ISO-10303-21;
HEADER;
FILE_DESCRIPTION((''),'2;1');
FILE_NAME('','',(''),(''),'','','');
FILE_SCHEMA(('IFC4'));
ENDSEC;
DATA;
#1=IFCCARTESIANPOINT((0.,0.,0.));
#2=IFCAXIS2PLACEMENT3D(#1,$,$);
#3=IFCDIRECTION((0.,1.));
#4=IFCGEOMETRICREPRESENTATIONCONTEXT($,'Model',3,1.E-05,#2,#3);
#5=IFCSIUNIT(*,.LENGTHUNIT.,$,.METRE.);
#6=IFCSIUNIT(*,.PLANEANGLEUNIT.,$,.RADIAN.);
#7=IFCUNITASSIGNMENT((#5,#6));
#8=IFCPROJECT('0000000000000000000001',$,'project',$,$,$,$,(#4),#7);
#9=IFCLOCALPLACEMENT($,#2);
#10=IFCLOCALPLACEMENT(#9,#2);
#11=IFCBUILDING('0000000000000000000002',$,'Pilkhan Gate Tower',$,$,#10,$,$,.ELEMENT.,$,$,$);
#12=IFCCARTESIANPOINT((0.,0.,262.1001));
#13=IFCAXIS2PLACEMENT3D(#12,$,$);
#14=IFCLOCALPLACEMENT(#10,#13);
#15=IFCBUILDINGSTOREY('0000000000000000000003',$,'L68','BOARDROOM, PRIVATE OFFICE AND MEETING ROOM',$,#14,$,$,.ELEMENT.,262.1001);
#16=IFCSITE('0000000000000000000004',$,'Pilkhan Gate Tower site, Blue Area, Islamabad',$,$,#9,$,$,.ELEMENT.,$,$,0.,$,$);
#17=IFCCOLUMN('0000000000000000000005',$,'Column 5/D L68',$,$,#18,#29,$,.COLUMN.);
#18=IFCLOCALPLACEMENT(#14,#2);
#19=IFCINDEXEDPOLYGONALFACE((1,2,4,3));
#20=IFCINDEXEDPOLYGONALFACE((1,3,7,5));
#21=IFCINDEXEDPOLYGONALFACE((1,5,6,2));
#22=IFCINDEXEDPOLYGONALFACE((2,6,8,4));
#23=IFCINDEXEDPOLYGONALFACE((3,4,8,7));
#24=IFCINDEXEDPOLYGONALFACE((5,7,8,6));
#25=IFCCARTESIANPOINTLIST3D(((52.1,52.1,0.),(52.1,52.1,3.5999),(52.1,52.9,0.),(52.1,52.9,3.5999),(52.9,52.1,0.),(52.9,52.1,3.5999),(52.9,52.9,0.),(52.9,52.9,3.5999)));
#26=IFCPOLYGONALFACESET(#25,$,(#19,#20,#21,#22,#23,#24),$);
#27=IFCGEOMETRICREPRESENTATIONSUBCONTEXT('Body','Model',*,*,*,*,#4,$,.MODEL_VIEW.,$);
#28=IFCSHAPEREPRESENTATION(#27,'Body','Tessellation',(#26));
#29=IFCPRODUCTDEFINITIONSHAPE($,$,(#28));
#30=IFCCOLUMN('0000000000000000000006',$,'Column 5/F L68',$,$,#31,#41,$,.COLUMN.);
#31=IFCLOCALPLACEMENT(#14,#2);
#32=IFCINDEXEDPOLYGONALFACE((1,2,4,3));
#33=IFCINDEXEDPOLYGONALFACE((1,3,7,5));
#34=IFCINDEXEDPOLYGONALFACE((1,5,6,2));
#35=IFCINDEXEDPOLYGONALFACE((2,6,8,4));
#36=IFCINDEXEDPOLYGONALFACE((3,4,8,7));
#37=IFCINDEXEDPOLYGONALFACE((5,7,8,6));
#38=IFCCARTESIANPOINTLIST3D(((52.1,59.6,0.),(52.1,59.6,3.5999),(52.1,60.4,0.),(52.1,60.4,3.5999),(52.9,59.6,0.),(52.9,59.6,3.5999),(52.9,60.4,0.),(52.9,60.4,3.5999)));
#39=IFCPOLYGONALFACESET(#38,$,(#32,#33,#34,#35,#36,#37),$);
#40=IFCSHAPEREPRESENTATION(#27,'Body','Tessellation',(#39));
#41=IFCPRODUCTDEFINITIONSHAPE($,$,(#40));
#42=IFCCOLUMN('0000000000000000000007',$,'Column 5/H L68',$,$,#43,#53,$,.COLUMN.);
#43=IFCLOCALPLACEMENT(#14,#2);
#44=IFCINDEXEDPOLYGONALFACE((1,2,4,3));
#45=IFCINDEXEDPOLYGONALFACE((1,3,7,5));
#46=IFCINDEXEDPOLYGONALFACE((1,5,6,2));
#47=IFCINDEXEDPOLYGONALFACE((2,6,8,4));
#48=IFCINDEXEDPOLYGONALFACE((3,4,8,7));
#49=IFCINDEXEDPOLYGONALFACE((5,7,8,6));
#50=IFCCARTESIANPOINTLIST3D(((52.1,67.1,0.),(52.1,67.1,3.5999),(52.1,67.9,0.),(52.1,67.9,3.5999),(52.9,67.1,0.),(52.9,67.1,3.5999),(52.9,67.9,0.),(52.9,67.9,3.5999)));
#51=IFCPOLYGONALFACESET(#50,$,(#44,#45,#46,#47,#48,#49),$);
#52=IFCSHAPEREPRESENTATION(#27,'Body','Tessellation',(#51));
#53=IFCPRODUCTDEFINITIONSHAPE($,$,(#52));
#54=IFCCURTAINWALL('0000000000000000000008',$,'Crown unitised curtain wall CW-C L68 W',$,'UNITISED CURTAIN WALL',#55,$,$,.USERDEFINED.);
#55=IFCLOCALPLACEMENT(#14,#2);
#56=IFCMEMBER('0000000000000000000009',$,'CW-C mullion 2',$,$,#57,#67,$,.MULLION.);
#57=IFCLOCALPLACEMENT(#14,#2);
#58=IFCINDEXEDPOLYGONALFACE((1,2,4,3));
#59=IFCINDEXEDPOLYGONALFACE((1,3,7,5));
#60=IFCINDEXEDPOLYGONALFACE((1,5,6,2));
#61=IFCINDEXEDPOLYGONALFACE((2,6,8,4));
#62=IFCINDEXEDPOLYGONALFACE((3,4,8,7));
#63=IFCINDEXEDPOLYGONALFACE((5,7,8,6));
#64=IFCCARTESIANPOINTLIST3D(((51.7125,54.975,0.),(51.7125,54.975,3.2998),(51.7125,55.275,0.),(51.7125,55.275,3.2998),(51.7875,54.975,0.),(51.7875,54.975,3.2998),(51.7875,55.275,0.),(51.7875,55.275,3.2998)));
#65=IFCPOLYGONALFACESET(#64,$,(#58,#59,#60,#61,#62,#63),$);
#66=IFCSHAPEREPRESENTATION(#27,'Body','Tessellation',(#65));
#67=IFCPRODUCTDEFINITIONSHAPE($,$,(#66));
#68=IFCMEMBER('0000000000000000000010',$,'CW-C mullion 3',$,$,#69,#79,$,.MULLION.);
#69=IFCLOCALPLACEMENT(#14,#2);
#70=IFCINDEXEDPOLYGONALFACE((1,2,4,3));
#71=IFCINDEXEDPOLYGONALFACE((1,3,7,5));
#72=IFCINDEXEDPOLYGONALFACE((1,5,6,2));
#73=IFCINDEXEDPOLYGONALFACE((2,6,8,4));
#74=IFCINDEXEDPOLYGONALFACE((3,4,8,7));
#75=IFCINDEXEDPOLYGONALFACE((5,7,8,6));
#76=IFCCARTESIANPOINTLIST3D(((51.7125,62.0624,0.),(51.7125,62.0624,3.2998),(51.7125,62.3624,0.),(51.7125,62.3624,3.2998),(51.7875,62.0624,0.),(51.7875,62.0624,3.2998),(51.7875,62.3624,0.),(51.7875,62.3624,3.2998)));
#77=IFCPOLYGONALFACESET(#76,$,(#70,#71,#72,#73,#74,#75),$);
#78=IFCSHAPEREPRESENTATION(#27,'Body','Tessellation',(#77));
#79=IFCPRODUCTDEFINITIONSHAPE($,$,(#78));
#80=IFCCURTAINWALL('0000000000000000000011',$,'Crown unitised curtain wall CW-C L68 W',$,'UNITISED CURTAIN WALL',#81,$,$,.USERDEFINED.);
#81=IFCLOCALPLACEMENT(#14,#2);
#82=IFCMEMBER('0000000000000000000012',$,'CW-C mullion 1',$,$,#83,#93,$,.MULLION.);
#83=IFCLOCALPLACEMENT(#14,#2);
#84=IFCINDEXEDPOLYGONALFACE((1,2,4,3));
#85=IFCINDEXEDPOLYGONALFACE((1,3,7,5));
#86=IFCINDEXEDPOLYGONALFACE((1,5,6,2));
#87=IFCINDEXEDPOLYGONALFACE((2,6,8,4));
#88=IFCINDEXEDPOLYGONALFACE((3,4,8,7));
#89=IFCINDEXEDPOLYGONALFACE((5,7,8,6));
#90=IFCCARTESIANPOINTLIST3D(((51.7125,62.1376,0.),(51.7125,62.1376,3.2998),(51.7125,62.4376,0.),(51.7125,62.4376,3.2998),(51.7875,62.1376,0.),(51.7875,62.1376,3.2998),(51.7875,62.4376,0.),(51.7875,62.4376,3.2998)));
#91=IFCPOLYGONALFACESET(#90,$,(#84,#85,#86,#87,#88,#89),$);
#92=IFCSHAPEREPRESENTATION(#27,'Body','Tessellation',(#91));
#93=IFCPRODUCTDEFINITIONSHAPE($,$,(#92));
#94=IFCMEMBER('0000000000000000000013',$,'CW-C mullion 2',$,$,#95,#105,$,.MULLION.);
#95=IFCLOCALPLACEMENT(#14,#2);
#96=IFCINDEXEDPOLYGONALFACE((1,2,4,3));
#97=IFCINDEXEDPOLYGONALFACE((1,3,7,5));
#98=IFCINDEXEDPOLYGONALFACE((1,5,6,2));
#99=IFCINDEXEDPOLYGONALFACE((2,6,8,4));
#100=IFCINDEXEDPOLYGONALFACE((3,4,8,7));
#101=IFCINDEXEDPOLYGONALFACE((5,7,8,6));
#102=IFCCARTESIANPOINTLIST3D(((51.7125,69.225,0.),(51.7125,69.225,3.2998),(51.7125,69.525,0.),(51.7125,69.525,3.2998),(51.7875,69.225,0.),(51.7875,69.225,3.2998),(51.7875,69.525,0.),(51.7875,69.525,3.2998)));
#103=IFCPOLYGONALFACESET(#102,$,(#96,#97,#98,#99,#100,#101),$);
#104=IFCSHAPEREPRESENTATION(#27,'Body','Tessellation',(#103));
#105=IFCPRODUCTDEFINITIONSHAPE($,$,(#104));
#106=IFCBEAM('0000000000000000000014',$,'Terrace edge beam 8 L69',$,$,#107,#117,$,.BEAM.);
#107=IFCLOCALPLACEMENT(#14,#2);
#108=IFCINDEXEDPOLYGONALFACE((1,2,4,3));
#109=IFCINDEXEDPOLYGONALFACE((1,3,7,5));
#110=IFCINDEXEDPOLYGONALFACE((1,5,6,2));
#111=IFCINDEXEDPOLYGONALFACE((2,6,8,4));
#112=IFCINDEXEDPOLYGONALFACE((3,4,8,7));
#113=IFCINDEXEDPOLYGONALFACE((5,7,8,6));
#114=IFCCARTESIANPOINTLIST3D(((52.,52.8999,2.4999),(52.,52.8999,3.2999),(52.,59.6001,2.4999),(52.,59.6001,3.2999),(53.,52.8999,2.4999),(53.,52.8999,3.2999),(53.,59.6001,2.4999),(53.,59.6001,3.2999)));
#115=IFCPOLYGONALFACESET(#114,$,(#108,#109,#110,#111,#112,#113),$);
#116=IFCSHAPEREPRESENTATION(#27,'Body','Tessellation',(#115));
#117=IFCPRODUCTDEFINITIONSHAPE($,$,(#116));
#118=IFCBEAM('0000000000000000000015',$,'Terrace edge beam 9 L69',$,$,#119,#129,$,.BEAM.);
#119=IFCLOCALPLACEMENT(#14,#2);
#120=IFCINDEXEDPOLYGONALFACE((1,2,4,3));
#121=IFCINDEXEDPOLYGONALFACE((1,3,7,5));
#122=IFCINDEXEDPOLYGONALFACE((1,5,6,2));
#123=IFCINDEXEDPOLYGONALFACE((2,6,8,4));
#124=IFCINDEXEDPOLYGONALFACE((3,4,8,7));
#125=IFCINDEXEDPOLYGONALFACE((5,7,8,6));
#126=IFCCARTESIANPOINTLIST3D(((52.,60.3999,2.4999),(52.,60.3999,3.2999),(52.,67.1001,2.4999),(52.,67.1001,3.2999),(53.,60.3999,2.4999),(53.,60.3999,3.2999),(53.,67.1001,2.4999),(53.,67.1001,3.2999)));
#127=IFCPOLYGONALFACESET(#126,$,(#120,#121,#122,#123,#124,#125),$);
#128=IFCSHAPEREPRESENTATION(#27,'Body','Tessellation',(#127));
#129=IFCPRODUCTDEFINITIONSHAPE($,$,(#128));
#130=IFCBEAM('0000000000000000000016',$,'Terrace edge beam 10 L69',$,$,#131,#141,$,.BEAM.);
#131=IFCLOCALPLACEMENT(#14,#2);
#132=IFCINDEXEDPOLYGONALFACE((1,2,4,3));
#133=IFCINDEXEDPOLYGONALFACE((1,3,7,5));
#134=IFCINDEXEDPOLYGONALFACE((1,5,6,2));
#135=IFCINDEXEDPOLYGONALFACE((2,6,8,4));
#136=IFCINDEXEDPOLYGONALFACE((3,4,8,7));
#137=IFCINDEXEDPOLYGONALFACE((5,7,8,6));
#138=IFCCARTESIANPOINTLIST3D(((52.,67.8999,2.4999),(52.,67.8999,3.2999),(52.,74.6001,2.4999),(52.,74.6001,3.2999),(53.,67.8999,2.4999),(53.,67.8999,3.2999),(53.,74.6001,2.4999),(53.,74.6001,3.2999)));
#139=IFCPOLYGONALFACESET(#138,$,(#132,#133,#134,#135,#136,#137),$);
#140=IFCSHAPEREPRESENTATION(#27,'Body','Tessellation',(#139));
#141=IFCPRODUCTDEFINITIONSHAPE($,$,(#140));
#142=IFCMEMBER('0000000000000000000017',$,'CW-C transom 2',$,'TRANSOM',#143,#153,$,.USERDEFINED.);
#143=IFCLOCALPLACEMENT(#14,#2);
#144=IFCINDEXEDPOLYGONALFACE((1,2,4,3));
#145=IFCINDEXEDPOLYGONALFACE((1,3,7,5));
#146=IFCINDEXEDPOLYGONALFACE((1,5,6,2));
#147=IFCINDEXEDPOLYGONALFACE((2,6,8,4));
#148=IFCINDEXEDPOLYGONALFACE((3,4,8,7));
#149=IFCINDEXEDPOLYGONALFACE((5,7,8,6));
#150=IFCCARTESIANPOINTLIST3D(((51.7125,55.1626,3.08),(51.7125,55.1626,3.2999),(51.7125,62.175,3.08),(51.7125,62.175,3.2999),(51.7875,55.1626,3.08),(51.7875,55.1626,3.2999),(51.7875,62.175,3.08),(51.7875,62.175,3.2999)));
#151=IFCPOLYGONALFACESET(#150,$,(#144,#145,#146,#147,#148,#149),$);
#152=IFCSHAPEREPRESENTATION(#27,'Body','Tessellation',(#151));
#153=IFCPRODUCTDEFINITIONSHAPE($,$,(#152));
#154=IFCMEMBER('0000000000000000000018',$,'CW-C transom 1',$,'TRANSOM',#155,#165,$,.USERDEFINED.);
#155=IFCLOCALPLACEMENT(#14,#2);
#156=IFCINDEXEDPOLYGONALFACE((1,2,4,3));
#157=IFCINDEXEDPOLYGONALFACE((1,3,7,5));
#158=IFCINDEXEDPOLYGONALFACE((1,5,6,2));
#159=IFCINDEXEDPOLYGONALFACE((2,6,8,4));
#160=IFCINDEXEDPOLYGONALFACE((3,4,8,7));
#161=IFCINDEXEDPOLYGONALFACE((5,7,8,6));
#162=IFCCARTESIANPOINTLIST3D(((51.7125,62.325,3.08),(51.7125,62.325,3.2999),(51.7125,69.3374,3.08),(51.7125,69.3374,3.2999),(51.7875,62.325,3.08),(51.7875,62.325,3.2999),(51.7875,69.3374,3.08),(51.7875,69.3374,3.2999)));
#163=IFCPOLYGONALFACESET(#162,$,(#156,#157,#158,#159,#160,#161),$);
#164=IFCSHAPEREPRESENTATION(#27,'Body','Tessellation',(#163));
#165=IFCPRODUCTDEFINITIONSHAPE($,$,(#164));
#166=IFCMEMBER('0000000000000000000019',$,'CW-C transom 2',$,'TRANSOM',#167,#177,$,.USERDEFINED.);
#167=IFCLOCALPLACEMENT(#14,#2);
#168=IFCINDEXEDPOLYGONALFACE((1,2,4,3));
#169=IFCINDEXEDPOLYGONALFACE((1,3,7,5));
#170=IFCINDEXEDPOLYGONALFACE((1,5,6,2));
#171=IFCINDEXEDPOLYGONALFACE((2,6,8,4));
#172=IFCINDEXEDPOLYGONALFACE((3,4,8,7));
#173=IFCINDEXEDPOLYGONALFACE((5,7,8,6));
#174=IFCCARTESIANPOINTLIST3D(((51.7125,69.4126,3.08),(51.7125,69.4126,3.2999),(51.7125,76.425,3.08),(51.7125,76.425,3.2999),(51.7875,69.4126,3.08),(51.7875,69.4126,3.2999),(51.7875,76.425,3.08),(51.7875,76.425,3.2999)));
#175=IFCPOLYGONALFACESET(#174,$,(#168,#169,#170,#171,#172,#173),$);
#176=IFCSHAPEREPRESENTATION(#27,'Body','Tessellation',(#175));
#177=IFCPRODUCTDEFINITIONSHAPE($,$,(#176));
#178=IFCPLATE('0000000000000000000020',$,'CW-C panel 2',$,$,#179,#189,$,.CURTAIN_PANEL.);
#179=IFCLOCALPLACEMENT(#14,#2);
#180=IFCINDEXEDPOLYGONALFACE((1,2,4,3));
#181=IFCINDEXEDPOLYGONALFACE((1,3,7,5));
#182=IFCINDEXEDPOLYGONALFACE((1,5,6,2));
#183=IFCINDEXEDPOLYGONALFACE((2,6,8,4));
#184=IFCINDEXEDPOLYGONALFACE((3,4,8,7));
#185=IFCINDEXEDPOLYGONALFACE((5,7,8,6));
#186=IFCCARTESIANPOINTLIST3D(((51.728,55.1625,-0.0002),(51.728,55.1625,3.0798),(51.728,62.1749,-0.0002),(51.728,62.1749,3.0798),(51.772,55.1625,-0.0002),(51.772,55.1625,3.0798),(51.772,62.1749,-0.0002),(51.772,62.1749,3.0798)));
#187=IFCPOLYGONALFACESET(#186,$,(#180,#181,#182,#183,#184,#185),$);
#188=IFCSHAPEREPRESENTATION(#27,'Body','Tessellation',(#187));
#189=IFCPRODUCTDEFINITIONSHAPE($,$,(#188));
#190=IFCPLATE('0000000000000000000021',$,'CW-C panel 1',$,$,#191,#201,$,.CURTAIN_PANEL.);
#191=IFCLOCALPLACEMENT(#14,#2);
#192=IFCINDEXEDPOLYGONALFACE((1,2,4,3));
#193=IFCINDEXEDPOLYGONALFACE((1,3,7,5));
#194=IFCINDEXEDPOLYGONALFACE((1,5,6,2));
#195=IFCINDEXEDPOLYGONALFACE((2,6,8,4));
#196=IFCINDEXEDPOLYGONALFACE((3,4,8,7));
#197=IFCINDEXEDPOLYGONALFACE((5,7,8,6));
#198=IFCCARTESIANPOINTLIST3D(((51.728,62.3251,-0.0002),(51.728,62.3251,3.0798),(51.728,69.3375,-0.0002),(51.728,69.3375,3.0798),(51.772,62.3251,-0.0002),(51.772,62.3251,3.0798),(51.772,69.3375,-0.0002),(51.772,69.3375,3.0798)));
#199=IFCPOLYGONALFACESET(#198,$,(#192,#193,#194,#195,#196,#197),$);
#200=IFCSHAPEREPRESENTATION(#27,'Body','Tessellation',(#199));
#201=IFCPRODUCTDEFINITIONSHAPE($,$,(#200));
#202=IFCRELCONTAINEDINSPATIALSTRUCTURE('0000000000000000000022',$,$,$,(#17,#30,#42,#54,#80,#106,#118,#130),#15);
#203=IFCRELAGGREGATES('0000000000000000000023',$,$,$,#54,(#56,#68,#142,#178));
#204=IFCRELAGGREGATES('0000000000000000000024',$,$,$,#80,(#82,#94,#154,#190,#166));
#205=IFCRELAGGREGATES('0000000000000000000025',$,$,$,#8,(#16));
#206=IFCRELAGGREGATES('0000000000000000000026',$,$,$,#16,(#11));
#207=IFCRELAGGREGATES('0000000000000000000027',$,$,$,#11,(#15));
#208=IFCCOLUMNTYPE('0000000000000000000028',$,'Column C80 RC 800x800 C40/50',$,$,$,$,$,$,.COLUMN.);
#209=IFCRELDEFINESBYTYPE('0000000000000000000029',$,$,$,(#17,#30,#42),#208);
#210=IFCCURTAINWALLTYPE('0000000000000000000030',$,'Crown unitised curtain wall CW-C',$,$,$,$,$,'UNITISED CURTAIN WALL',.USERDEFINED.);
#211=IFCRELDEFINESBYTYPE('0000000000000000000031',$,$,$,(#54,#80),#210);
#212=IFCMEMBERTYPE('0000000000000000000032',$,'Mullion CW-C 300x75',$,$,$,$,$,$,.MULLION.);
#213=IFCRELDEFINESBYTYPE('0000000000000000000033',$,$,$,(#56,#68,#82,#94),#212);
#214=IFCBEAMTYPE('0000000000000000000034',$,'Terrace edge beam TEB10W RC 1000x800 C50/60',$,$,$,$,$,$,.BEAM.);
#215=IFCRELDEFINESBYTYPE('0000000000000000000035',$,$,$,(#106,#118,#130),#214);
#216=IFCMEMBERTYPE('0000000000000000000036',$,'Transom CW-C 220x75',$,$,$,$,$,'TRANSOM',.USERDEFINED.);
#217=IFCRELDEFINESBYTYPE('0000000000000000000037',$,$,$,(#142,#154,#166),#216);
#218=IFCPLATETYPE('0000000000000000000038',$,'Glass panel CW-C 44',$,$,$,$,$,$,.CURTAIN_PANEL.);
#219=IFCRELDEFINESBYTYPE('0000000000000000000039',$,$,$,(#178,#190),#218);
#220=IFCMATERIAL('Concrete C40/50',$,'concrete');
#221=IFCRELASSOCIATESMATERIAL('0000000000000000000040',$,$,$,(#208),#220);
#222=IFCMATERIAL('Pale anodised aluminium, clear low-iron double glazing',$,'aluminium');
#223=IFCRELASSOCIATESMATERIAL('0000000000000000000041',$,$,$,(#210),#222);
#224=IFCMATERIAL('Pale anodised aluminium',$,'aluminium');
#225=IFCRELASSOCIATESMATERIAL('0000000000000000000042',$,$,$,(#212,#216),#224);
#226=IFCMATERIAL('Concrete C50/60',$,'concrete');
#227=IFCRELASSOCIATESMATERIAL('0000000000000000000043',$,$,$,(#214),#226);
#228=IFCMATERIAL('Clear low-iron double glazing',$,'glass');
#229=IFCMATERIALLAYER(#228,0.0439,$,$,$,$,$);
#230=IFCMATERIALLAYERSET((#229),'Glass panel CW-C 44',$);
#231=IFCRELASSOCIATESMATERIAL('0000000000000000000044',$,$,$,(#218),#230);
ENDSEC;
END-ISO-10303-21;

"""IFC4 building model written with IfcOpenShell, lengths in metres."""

from ifc_helpers import new_model, si_unit, direction, frame, origin, origin_2d, place, context, subcontext, project, spatial, rectangle, extrude, material, layer, layer_set, material_profile, profile_set, type_object, element, aggregate, save


model = new_model("IFC4")

# Units and contexts
model_context = context("Model", 3, precision=1e-05, world=origin(), true_north=direction((0.0, 1.0)))
body_context = subcontext(model_context, "Body", "Model", "MODEL_VIEW")
ifc_project = project(units=[si_unit("LENGTHUNIT", "METRE"), si_unit("PLANEANGLEUNIT", "RADIAN")], contexts=[model_context])

# Site, building, storey
site_placement = place(None, origin())
site = spatial("IfcSite", under=ifc_project, at=site_placement, Name="Pilkhan Gate Tower site, Blue Area, Islamabad", CompositionType="ELEMENT", RefElevation=0.0)
building_placement = place(site_placement, origin())
building = spatial("IfcBuilding", under=site, at=building_placement, Name="Pilkhan Gate Tower", CompositionType="ELEMENT")
storey_placement = place(building_placement, frame((0.0, 0.0, 262.1001)))
storey = spatial("IfcBuildingStorey", under=building, at=storey_placement, Name="L68", Description="BOARDROOM, PRIVATE OFFICE AND MEETING ROOM", CompositionType="ELEMENT", Elevation=262.1001)

# Columns
ifc_material_1 = material(Name="Concrete C40/50", Category="concrete")
ifc_material_profile_1 = material_profile(ifc_material_1, rectangle(XDim=0.8, YDim=0.8, at=origin_2d()), Name="RC 800x800")
ifc_profile_set_1 = profile_set([ifc_material_profile_1], Name="Concrete C40/50")
column_type = type_object("IfcColumnType", Name="Column C80 RC 800x800 C40/50", PredefinedType="COLUMN", material=ifc_profile_set_1)
for number, where, z_axis, x_axis, name in (
    (1, (52.5, 52.5, 0.0), (0.0, 0.0, 1.0), (1.0, 0.0, 0.0), "Column 5/D L68"),
    (2, (52.5, 60.0, 0.0), (0.0, 0.0, 1.0), (1.0, 0.0, 0.0), "Column 5/F L68"),
    (3, (52.5, 67.5, 0.0), (0.0, 0.0, 1.0), (1.0, 0.0, 0.0), "Column 5/H L68"),
):
    element("IfcColumn", number, at=place(storey_placement, frame(where, z_axis=z_axis, x_axis=x_axis)), inside=storey, type_object=column_type, Name=name, PredefinedType="COLUMN", context=body_context, shape_type="SweptSolid", body=[
        extrude(rectangle(XDim=0.8, YDim=0.8, at=origin_2d()), origin(), (0.0, 0.0, 1.0), 3.5999),
    ])

# Curtain walls, members
ifc_material_2 = material(Name="Pale anodised aluminium, clear low-iron double glazing", Category="aluminium")
curtain_wall_type = type_object("IfcCurtainWallType", Name="Crown unitised curtain wall CW-C", ElementType="UNITISED CURTAIN WALL", PredefinedType="USERDEFINED", material=ifc_material_2)
curtain_wall_1_placement = place(storey_placement, origin())
curtain_wall_1 = element("IfcCurtainWall", 4, at=curtain_wall_1_placement, inside=storey, type_object=curtain_wall_type, Name="Crown unitised curtain wall CW-C L68 W", ObjectType="UNITISED CURTAIN WALL", PredefinedType="USERDEFINED")
ifc_material_3 = material(Name="Pale anodised aluminium", Category="aluminium")
ifc_material_profile_2 = material_profile(ifc_material_3, rectangle(XDim=0.075, YDim=0.3, at=origin_2d()), Name="Mullion 300x75")
ifc_profile_set_2 = profile_set([ifc_material_profile_2], Name="Pale anodised aluminium")
member_type_1 = type_object("IfcMemberType", Name="Mullion CW-C 300x75", PredefinedType="MULLION", material=ifc_profile_set_2)
member_1_placement = place(storey_placement, frame((51.75, 55.125, 0.0), z_axis=(0.0, 0.0, 1.0), x_axis=(-1.0, 0.0, 0.0)))
member_1 = element("IfcMember", 5, at=member_1_placement, type_object=member_type_1, Name="CW-C mullion 2", PredefinedType="MULLION", context=body_context, shape_type="SweptSolid", body=[
    extrude(rectangle(XDim=0.075, YDim=0.3, at=origin_2d()), origin(), (0.0, 0.0, 1.0), 3.2998),
])
member_2_placement = place(storey_placement, frame((51.75, 62.2124, 0.0), z_axis=(0.0, 0.0, 1.0), x_axis=(-1.0, 0.0, 0.0)))
member_2 = element("IfcMember", 6, at=member_2_placement, type_object=member_type_1, Name="CW-C mullion 3", PredefinedType="MULLION", context=body_context, shape_type="SweptSolid", body=[
    extrude(rectangle(XDim=0.075, YDim=0.3, at=origin_2d()), origin(), (0.0, 0.0, 1.0), 3.2998),
])
curtain_wall_2_placement = place(storey_placement, origin())
curtain_wall_2 = element("IfcCurtainWall", 7, at=curtain_wall_2_placement, inside=storey, type_object=curtain_wall_type, Name="Crown unitised curtain wall CW-C L68 W", ObjectType="UNITISED CURTAIN WALL", PredefinedType="USERDEFINED")
member_3_placement = place(storey_placement, frame((51.75, 62.2876, 0.0), z_axis=(0.0, 0.0, 1.0), x_axis=(-1.0, 0.0, 0.0)))
member_3 = element("IfcMember", 8, at=member_3_placement, type_object=member_type_1, Name="CW-C mullion 1", PredefinedType="MULLION", context=body_context, shape_type="SweptSolid", body=[
    extrude(rectangle(XDim=0.075, YDim=0.3, at=origin_2d()), origin(), (0.0, 0.0, 1.0), 3.2998),
])
member_4_placement = place(storey_placement, frame((51.75, 69.375, 0.0), z_axis=(0.0, 0.0, 1.0), x_axis=(-1.0, 0.0, 0.0)))
member_4 = element("IfcMember", 9, at=member_4_placement, type_object=member_type_1, Name="CW-C mullion 2", PredefinedType="MULLION", context=body_context, shape_type="SweptSolid", body=[
    extrude(rectangle(XDim=0.075, YDim=0.3, at=origin_2d()), origin(), (0.0, 0.0, 1.0), 3.2998),
])

# Beams
ifc_material_4 = material(Name="Concrete C50/60", Category="concrete")
ifc_material_profile_3 = material_profile(ifc_material_4, rectangle(XDim=1.0, YDim=0.8, at=origin_2d()), Name="RC 1000x800")
ifc_profile_set_3 = profile_set([ifc_material_profile_3], Name="Concrete C50/60")
beam_type = type_object("IfcBeamType", Name="Terrace edge beam TEB10W RC 1000x800 C50/60", PredefinedType="BEAM", material=ifc_profile_set_3)
for number, where, z_axis, x_axis, name in (
    (10, (52.5, 52.8999, 2.8999), (0.0, 1.0, 0.0), (-1.0, 0.0, 0.0), "Terrace edge beam 8 L69"),
    (11, (52.5, 60.3999, 2.8999), (0.0, 1.0, 0.0), (-1.0, 0.0, 0.0), "Terrace edge beam 9 L69"),
    (12, (52.5, 67.8999, 2.8999), (0.0, 1.0, 0.0), (-1.0, 0.0, 0.0), "Terrace edge beam 10 L69"),
):
    element("IfcBeam", number, at=place(storey_placement, frame(where, z_axis=z_axis, x_axis=x_axis)), inside=storey, type_object=beam_type, Name=name, PredefinedType="BEAM", context=body_context, shape_type="SweptSolid", body=[
        extrude(rectangle(XDim=1.0, YDim=0.8, at=origin_2d()), origin(), (0.0, 0.0, 1.0), 6.7002),
    ])

# Members
ifc_material_profile_4 = material_profile(ifc_material_3, rectangle(XDim=0.075, YDim=0.22, at=origin_2d()), Name="Transom 220x75")
ifc_profile_set_4 = profile_set([ifc_material_profile_4], Name="Pale anodised aluminium")
member_type_2 = type_object("IfcMemberType", Name="Transom CW-C 220x75", ElementType="TRANSOM", PredefinedType="USERDEFINED", material=ifc_profile_set_4)
member_5_placement = place(storey_placement, frame((51.75, 55.1626, 3.1899), z_axis=(0.0, 1.0, 0.0), x_axis=(-1.0, 0.0, 0.0)))
member_5 = element("IfcMember", 13, at=member_5_placement, type_object=member_type_2, Name="CW-C transom 2", ObjectType="TRANSOM", PredefinedType="USERDEFINED", context=body_context, shape_type="SweptSolid", body=[
    extrude(rectangle(XDim=0.075, YDim=0.22, at=origin_2d()), origin(), (0.0, 0.0, 1.0), 7.0125),
])
member_6_placement = place(storey_placement, frame((51.75, 62.325, 3.1899), z_axis=(0.0, 1.0, 0.0), x_axis=(-1.0, 0.0, 0.0)))
member_6 = element("IfcMember", 14, at=member_6_placement, type_object=member_type_2, Name="CW-C transom 1", ObjectType="TRANSOM", PredefinedType="USERDEFINED", context=body_context, shape_type="SweptSolid", body=[
    extrude(rectangle(XDim=0.075, YDim=0.22, at=origin_2d()), origin(), (0.0, 0.0, 1.0), 7.0125),
])
member_7_placement = place(storey_placement, frame((51.75, 69.4126, 3.1899), z_axis=(0.0, 1.0, 0.0), x_axis=(-1.0, 0.0, 0.0)))
member_7 = element("IfcMember", 15, at=member_7_placement, type_object=member_type_2, Name="CW-C transom 2", ObjectType="TRANSOM", PredefinedType="USERDEFINED", context=body_context, shape_type="SweptSolid", body=[
    extrude(rectangle(XDim=0.075, YDim=0.22, at=origin_2d()), origin(), (0.0, 0.0, 1.0), 7.0125),
])

# Plates
ifc_material_5 = material(Name="Clear low-iron double glazing", Category="glass")
ifc_layer_1 = layer(ifc_material_5, 0.0439)
ifc_layer_set_1 = layer_set([ifc_layer_1], Name="Glass panel CW-C 44")
plate_type = type_object("IfcPlateType", Name="Glass panel CW-C 44", PredefinedType="CURTAIN_PANEL", material=ifc_layer_set_1)
plate_1_placement = place(storey_placement, frame((51.75, 58.6687, -0.0002), z_axis=(0.0, 0.0, 1.0), x_axis=(0.0, 1.0, 0.0)))
plate_1 = element("IfcPlate", 16, at=plate_1_placement, type_object=plate_type, Name="CW-C panel 2", PredefinedType="CURTAIN_PANEL", context=body_context, shape_type="SweptSolid", body=[
    extrude(rectangle(XDim=7.0125, YDim=0.0439, at=origin_2d()), origin(), (0.0, 0.0, 1.0), 3.0801),
])
aggregate(curtain_wall_1, [member_1, member_2, member_5, plate_1])
plate_2_placement = place(storey_placement, frame((51.75, 65.8313, -0.0002), z_axis=(0.0, 0.0, 1.0), x_axis=(0.0, 1.0, 0.0)))
plate_2 = element("IfcPlate", 17, at=plate_2_placement, type_object=plate_type, Name="CW-C panel 1", PredefinedType="CURTAIN_PANEL", context=body_context, shape_type="SweptSolid", body=[
    extrude(rectangle(XDim=7.0125, YDim=0.0439, at=origin_2d()), origin(), (0.0, 0.0, 1.0), 3.0801),
])
aggregate(curtain_wall_2, [member_3, member_4, member_6, plate_2, member_7])

save(model, "model.ifc")
